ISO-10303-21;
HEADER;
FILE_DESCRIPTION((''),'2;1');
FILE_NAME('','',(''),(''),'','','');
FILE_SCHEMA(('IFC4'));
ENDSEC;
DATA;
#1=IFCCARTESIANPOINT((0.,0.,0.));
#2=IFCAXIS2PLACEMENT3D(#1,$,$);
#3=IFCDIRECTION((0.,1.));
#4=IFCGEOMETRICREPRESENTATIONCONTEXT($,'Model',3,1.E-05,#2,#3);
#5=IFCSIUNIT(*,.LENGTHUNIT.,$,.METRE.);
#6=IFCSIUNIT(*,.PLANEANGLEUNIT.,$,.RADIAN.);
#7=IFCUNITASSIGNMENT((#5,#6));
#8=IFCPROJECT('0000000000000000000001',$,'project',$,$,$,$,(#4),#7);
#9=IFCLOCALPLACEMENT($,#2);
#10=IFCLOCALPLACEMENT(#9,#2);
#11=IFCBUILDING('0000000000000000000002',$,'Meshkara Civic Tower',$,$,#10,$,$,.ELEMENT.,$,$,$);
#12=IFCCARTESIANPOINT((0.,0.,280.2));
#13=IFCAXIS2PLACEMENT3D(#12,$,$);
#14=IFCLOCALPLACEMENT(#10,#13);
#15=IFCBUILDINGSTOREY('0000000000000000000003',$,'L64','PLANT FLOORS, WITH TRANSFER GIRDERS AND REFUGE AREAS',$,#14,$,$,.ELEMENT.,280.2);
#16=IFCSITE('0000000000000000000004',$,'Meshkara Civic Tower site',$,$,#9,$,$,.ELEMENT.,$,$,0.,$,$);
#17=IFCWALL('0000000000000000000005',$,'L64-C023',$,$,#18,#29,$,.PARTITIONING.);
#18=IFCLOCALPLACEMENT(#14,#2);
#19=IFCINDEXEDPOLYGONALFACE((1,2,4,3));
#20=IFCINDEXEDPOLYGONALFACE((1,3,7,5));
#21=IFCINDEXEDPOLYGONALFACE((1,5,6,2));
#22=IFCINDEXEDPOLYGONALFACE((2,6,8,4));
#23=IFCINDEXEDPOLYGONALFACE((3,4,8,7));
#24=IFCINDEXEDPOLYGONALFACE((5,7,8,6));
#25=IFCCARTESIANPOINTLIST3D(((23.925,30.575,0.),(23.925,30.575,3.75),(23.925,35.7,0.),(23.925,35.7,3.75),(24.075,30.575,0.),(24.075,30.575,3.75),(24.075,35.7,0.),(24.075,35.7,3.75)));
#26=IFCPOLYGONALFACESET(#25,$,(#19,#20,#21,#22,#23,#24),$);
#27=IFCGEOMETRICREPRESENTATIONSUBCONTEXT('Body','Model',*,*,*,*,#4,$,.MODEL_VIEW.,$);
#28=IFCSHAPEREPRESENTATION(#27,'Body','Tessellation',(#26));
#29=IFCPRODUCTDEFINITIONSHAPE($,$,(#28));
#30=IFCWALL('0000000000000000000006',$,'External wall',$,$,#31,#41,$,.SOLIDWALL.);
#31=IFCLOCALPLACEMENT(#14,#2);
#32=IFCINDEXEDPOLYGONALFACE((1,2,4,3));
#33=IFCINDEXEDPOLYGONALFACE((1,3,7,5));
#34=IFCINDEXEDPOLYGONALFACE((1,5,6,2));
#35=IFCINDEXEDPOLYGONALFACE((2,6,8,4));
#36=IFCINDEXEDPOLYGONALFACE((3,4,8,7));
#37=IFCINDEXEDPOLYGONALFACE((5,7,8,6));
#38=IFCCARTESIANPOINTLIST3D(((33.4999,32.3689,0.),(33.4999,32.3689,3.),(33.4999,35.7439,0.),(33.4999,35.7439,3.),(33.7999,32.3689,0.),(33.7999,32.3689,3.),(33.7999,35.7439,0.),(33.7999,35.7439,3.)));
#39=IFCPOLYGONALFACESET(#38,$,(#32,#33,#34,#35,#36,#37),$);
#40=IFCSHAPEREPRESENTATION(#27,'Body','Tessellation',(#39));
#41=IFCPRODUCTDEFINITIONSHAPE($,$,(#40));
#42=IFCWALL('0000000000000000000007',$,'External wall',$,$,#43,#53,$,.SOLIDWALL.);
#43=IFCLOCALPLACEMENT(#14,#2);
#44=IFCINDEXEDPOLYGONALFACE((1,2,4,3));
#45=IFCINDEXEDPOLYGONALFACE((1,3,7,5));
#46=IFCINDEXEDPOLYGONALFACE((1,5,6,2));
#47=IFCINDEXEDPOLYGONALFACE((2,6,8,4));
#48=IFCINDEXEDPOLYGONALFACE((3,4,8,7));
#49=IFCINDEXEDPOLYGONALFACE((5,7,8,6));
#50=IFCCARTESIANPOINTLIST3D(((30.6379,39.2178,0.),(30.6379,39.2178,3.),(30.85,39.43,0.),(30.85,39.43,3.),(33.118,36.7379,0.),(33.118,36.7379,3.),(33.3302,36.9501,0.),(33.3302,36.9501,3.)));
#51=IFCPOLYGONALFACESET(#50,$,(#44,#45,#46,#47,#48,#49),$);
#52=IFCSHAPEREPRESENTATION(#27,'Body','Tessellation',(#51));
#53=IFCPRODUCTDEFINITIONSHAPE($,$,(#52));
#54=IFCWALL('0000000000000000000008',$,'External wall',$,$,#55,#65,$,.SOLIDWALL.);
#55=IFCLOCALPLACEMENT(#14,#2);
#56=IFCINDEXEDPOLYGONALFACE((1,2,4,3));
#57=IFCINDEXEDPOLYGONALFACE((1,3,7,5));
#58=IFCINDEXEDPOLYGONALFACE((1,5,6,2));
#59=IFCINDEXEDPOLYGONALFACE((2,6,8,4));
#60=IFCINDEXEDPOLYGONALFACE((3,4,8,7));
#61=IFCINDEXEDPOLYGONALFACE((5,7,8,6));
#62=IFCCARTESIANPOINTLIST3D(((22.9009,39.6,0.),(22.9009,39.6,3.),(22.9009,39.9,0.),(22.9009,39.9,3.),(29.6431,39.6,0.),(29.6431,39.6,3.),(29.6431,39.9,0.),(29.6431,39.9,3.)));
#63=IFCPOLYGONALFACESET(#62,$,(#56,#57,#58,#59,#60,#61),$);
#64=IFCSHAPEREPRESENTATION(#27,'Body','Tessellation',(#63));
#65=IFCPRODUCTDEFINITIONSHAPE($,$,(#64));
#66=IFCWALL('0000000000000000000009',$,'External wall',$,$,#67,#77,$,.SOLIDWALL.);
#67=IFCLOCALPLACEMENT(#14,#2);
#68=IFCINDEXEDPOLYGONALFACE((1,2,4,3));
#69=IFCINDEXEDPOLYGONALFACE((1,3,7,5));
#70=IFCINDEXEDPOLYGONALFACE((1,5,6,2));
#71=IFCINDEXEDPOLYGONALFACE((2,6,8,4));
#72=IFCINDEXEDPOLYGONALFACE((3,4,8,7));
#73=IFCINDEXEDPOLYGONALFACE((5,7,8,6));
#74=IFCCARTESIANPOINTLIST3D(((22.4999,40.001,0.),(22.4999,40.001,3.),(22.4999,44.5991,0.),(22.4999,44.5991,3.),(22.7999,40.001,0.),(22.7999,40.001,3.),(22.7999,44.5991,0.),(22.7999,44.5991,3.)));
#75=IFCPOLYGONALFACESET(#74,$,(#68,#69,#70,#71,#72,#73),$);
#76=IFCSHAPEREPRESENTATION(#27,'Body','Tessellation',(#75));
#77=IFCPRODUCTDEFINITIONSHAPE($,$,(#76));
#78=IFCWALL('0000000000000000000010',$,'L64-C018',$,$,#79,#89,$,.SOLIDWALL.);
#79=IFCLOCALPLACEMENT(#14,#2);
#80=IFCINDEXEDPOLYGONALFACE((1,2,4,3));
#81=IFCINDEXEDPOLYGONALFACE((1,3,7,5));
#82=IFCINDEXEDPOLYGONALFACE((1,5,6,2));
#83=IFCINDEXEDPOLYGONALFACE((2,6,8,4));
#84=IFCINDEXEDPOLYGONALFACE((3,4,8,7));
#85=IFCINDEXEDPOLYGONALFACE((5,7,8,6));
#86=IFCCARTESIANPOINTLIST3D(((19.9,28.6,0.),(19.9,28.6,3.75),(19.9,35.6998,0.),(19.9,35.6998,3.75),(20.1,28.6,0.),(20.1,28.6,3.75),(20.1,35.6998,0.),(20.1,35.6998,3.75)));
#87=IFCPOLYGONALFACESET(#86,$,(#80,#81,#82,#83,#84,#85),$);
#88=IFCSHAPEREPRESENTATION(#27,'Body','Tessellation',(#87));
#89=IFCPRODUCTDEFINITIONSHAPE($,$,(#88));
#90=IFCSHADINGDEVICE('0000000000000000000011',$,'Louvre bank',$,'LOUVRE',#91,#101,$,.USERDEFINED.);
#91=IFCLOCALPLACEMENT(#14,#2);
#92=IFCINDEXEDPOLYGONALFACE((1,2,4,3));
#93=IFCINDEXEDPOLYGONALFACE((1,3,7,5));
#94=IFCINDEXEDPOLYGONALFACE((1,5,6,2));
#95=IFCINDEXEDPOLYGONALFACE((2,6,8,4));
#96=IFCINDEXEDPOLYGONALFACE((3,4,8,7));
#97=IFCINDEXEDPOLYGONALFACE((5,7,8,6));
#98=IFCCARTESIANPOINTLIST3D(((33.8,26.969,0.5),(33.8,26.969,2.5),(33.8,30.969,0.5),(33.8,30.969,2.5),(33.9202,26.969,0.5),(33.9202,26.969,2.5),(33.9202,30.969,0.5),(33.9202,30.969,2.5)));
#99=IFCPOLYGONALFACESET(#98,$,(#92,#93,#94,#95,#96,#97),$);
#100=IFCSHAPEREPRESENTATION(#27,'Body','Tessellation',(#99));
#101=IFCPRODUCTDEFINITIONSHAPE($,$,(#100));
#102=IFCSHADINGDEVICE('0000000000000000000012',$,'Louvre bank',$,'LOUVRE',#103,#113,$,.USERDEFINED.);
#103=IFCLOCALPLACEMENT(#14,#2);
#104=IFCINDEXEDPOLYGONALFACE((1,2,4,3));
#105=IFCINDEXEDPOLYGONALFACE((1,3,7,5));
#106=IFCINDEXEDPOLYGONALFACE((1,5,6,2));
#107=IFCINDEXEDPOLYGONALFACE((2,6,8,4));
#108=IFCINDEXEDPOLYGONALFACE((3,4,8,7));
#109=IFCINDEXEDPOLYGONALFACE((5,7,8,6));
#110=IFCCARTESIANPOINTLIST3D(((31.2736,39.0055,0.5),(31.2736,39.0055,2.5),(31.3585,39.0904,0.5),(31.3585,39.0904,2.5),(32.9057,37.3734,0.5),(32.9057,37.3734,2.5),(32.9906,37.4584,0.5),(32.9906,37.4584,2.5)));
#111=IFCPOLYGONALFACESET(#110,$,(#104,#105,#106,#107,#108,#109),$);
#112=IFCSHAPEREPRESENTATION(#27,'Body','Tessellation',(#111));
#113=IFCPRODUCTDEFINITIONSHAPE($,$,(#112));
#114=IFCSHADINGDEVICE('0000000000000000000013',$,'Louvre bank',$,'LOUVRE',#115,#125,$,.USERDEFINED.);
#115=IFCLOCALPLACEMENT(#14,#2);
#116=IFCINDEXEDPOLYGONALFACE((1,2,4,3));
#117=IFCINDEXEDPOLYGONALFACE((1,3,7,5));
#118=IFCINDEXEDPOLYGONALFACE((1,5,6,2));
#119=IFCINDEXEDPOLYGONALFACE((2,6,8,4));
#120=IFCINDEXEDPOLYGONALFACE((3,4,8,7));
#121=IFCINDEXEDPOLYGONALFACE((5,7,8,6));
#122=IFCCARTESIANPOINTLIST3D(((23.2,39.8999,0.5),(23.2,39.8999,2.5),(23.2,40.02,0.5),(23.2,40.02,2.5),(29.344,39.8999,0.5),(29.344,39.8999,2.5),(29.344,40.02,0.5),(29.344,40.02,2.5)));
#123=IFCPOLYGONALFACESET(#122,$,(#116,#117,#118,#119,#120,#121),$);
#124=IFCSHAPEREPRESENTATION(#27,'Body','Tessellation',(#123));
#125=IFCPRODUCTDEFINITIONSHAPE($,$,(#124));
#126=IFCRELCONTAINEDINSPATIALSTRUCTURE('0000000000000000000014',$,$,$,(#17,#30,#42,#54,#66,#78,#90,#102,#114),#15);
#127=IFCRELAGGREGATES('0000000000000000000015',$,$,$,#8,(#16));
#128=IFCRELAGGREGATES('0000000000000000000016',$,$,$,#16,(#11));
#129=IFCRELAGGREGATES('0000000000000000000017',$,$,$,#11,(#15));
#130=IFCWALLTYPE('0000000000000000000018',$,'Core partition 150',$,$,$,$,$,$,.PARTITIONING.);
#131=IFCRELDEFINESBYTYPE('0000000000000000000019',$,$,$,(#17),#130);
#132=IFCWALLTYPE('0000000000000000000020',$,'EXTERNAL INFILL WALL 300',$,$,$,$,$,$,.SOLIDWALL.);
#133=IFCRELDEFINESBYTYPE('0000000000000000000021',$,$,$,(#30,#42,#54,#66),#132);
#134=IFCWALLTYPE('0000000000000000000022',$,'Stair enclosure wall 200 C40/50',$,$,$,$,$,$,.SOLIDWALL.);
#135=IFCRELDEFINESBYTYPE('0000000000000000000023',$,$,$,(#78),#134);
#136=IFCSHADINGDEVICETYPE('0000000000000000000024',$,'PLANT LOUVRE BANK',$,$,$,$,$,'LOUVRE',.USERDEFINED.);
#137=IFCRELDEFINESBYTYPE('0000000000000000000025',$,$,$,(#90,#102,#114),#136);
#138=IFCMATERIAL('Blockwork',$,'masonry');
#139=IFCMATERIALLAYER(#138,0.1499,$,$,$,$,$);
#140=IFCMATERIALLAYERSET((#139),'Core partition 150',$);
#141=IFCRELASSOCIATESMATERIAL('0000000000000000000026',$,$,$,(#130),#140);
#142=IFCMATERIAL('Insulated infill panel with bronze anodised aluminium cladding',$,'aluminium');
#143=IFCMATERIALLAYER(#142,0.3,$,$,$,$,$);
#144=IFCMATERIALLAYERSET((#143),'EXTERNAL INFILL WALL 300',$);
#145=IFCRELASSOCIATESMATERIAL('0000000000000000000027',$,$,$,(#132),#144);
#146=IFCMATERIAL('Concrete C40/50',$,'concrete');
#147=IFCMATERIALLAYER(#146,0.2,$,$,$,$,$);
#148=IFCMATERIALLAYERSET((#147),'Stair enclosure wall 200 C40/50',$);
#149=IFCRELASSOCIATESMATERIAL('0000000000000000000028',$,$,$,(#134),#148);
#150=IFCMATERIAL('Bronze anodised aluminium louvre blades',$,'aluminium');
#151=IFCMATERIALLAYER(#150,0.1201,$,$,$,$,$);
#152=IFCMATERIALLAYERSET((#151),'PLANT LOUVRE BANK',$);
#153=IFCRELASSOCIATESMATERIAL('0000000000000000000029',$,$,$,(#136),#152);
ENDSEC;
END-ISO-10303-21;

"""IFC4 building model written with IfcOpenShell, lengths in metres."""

from ifc_helpers import new_model, si_unit, direction, frame, frame_2d, origin, origin_2d, place, context, subcontext, project, spatial, rectangle, extrude, material, layer, layer_set, type_object, element, save


model = new_model("IFC4")

# Units and contexts
model_context = context("Model", 3, precision=1e-05, world=origin(), true_north=direction((0.0, 1.0)))
body_context = subcontext(model_context, "Body", "Model", "MODEL_VIEW")
ifc_project = project(units=[si_unit("LENGTHUNIT", "METRE"), si_unit("PLANEANGLEUNIT", "RADIAN")], contexts=[model_context])

# Site, building, storey
site_placement = place(None, origin())
site = spatial("IfcSite", under=ifc_project, at=site_placement, Name="Meshkara Civic Tower site", CompositionType="ELEMENT", RefElevation=0.0)
building_placement = place(site_placement, origin())
building = spatial("IfcBuilding", under=site, at=building_placement, Name="Meshkara Civic Tower", CompositionType="ELEMENT")
storey_placement = place(building_placement, frame((0.0, 0.0, 280.2)))
storey = spatial("IfcBuildingStorey", under=building, at=storey_placement, Name="L64", Description="PLANT FLOORS, WITH TRANSFER GIRDERS AND REFUGE AREAS", CompositionType="ELEMENT", Elevation=280.2)

# Shared definitions
ifc_material_1 = material(Name="Blockwork", Category="masonry")
ifc_layer_1 = layer(ifc_material_1, 0.1499)
ifc_layer_set_1 = layer_set([ifc_layer_1], Name="Core partition 150")
wall_type_1 = type_object("IfcWallType", Name="Core partition 150", PredefinedType="PARTITIONING", material=ifc_layer_set_1)

# Walls
for number, where, z_axis, x_axis, name in (
    (1, (24.0, 30.575, 0.0), (0.0, 0.0, 1.0), (0.0, 1.0, 0.0), "L64-C023"),
):
    element("IfcWall", number, at=place(storey_placement, frame(where, z_axis=z_axis, x_axis=x_axis)), inside=storey, type_object=wall_type_1, Name=name, PredefinedType="PARTITIONING", context=body_context, shape_type="SweptSolid", body=[
        extrude(rectangle(XDim=5.125, YDim=0.1499, at=frame_2d((2.5625, 0.0))), origin(), (0.0, 0.0, 1.0), 3.75),
    ])
ifc_material_2 = material(Name="Insulated infill panel with bronze anodised aluminium cladding", Category="aluminium")
ifc_layer_2 = layer(ifc_material_2, 0.3)
ifc_layer_set_2 = layer_set([ifc_layer_2], Name="EXTERNAL INFILL WALL 300")
wall_type_2 = type_object("IfcWallType", Name="EXTERNAL INFILL WALL 300", PredefinedType="SOLIDWALL", material=ifc_layer_set_2)
wall_1_placement = place(storey_placement, frame((33.6499, 32.3689, 0.0), z_axis=(0.0, 0.0, 1.0), x_axis=(0.0, 1.0, 0.0)))
element("IfcWall", 2, at=wall_1_placement, inside=storey, type_object=wall_type_2, Name="External wall", PredefinedType="SOLIDWALL", context=body_context, shape_type="SweptSolid", body=[
    extrude(rectangle(XDim=3.375, YDim=0.3, at=frame_2d((1.6875, 0.0))), origin(), (0.0, 0.0, 1.0), 3.0),
])
wall_2_placement = place(storey_placement, frame((33.2241, 36.844, 0.0), z_axis=(0.0, 0.0, 1.0), x_axis=(-0.707142, 0.707072, 0.0)))
element("IfcWall", 3, at=wall_2_placement, inside=storey, type_object=wall_type_2, Name="External wall", PredefinedType="SOLIDWALL", context=body_context, shape_type="SweptSolid", body=[
    extrude(rectangle(XDim=3.5073, YDim=0.3, at=frame_2d((1.7537, 0.0))), origin(), (0.0, 0.0, 1.0), 3.0),
])
wall_3_placement = place(storey_placement, frame((29.6431, 39.75, 0.0), z_axis=(0.0, 0.0, 1.0), x_axis=(-1.0, 0.0, 0.0)))
element("IfcWall", 4, at=wall_3_placement, inside=storey, type_object=wall_type_2, Name="External wall", PredefinedType="SOLIDWALL", context=body_context, shape_type="SweptSolid", body=[
    extrude(rectangle(XDim=6.7422, YDim=0.3, at=frame_2d((3.3711, 0.0))), origin(), (0.0, 0.0, 1.0), 3.0),
])
wall_4_placement = place(storey_placement, frame((22.6499, 40.001, 0.0), z_axis=(0.0, 0.0, 1.0), x_axis=(0.0, 1.0, 0.0)))
element("IfcWall", 5, at=wall_4_placement, inside=storey, type_object=wall_type_2, Name="External wall", PredefinedType="SOLIDWALL", context=body_context, shape_type="SweptSolid", body=[
    extrude(rectangle(XDim=4.5981, YDim=0.3, at=frame_2d((2.2991, 0.0))), origin(), (0.0, 0.0, 1.0), 3.0),
])
ifc_material_3 = material(Name="Concrete C40/50", Category="concrete")
ifc_layer_3 = layer(ifc_material_3, 0.2)
ifc_layer_set_3 = layer_set([ifc_layer_3], Name="Stair enclosure wall 200 C40/50")
wall_type_3 = type_object("IfcWallType", Name="Stair enclosure wall 200 C40/50", PredefinedType="SOLIDWALL", material=ifc_layer_set_3)
wall_5_placement = place(storey_placement, frame((20.0, 28.6001, 0.0), z_axis=(0.0, 0.0, 1.0), x_axis=(0.0, 1.0, 0.0)))
element("IfcWall", 6, at=wall_5_placement, inside=storey, type_object=wall_type_3, Name="L64-C018", PredefinedType="SOLIDWALL", context=body_context, shape_type="SweptSolid", body=[
    extrude(rectangle(XDim=7.0999, YDim=0.2, at=frame_2d((3.5498, 0.0))), origin(), (0.0, 0.0, 1.0), 3.75),
])

# Shading devices
ifc_material_4 = material(Name="Bronze anodised aluminium louvre blades", Category="aluminium")
ifc_layer_4 = layer(ifc_material_4, 0.1201)
ifc_layer_set_4 = layer_set([ifc_layer_4], Name="PLANT LOUVRE BANK")
shading_device_type = type_object("IfcShadingDeviceType", Name="PLANT LOUVRE BANK", ElementType="LOUVRE", PredefinedType="USERDEFINED", material=ifc_layer_set_4)
shading_device_1_placement = place(storey_placement, frame((33.8601, 28.969, 0.5), z_axis=(0.0, 0.0, 1.0), x_axis=(0.0, 1.0, 0.0)))
element("IfcShadingDevice", 7, at=shading_device_1_placement, inside=storey, type_object=shading_device_type, Name="Louvre bank", ObjectType="LOUVRE", PredefinedType="USERDEFINED", context=body_context, shape_type="SweptSolid", body=[
    extrude(rectangle(XDim=4.0, YDim=0.1201, at=origin_2d()), origin(), (0.0, 0.0, 1.0), 2.0),
])
shading_device_2_placement = place(storey_placement, frame((32.1321, 38.2319, 0.5), z_axis=(0.0, 0.0, 1.0), x_axis=(-0.707107, 0.707107, 0.0)))
element("IfcShadingDevice", 8, at=shading_device_2_placement, inside=storey, type_object=shading_device_type, Name="Louvre bank", ObjectType="LOUVRE", PredefinedType="USERDEFINED", context=body_context, shape_type="SweptSolid", body=[
    extrude(rectangle(XDim=2.3081, YDim=0.1201, at=origin_2d()), origin(), (0.0, 0.0, 1.0), 2.0),
])
shading_device_3_placement = place(storey_placement, frame((26.272, 39.96, 0.5), z_axis=(0.0, 0.0, 1.0), x_axis=(-1.0, 0.0, 0.0)))
element("IfcShadingDevice", 9, at=shading_device_3_placement, inside=storey, type_object=shading_device_type, Name="Louvre bank", ObjectType="LOUVRE", PredefinedType="USERDEFINED", context=body_context, shape_type="SweptSolid", body=[
    extrude(rectangle(XDim=6.144, YDim=0.1201, at=origin_2d()), origin(), (0.0, 0.0, 1.0), 2.0),
])

save(model, "model.ifc")
